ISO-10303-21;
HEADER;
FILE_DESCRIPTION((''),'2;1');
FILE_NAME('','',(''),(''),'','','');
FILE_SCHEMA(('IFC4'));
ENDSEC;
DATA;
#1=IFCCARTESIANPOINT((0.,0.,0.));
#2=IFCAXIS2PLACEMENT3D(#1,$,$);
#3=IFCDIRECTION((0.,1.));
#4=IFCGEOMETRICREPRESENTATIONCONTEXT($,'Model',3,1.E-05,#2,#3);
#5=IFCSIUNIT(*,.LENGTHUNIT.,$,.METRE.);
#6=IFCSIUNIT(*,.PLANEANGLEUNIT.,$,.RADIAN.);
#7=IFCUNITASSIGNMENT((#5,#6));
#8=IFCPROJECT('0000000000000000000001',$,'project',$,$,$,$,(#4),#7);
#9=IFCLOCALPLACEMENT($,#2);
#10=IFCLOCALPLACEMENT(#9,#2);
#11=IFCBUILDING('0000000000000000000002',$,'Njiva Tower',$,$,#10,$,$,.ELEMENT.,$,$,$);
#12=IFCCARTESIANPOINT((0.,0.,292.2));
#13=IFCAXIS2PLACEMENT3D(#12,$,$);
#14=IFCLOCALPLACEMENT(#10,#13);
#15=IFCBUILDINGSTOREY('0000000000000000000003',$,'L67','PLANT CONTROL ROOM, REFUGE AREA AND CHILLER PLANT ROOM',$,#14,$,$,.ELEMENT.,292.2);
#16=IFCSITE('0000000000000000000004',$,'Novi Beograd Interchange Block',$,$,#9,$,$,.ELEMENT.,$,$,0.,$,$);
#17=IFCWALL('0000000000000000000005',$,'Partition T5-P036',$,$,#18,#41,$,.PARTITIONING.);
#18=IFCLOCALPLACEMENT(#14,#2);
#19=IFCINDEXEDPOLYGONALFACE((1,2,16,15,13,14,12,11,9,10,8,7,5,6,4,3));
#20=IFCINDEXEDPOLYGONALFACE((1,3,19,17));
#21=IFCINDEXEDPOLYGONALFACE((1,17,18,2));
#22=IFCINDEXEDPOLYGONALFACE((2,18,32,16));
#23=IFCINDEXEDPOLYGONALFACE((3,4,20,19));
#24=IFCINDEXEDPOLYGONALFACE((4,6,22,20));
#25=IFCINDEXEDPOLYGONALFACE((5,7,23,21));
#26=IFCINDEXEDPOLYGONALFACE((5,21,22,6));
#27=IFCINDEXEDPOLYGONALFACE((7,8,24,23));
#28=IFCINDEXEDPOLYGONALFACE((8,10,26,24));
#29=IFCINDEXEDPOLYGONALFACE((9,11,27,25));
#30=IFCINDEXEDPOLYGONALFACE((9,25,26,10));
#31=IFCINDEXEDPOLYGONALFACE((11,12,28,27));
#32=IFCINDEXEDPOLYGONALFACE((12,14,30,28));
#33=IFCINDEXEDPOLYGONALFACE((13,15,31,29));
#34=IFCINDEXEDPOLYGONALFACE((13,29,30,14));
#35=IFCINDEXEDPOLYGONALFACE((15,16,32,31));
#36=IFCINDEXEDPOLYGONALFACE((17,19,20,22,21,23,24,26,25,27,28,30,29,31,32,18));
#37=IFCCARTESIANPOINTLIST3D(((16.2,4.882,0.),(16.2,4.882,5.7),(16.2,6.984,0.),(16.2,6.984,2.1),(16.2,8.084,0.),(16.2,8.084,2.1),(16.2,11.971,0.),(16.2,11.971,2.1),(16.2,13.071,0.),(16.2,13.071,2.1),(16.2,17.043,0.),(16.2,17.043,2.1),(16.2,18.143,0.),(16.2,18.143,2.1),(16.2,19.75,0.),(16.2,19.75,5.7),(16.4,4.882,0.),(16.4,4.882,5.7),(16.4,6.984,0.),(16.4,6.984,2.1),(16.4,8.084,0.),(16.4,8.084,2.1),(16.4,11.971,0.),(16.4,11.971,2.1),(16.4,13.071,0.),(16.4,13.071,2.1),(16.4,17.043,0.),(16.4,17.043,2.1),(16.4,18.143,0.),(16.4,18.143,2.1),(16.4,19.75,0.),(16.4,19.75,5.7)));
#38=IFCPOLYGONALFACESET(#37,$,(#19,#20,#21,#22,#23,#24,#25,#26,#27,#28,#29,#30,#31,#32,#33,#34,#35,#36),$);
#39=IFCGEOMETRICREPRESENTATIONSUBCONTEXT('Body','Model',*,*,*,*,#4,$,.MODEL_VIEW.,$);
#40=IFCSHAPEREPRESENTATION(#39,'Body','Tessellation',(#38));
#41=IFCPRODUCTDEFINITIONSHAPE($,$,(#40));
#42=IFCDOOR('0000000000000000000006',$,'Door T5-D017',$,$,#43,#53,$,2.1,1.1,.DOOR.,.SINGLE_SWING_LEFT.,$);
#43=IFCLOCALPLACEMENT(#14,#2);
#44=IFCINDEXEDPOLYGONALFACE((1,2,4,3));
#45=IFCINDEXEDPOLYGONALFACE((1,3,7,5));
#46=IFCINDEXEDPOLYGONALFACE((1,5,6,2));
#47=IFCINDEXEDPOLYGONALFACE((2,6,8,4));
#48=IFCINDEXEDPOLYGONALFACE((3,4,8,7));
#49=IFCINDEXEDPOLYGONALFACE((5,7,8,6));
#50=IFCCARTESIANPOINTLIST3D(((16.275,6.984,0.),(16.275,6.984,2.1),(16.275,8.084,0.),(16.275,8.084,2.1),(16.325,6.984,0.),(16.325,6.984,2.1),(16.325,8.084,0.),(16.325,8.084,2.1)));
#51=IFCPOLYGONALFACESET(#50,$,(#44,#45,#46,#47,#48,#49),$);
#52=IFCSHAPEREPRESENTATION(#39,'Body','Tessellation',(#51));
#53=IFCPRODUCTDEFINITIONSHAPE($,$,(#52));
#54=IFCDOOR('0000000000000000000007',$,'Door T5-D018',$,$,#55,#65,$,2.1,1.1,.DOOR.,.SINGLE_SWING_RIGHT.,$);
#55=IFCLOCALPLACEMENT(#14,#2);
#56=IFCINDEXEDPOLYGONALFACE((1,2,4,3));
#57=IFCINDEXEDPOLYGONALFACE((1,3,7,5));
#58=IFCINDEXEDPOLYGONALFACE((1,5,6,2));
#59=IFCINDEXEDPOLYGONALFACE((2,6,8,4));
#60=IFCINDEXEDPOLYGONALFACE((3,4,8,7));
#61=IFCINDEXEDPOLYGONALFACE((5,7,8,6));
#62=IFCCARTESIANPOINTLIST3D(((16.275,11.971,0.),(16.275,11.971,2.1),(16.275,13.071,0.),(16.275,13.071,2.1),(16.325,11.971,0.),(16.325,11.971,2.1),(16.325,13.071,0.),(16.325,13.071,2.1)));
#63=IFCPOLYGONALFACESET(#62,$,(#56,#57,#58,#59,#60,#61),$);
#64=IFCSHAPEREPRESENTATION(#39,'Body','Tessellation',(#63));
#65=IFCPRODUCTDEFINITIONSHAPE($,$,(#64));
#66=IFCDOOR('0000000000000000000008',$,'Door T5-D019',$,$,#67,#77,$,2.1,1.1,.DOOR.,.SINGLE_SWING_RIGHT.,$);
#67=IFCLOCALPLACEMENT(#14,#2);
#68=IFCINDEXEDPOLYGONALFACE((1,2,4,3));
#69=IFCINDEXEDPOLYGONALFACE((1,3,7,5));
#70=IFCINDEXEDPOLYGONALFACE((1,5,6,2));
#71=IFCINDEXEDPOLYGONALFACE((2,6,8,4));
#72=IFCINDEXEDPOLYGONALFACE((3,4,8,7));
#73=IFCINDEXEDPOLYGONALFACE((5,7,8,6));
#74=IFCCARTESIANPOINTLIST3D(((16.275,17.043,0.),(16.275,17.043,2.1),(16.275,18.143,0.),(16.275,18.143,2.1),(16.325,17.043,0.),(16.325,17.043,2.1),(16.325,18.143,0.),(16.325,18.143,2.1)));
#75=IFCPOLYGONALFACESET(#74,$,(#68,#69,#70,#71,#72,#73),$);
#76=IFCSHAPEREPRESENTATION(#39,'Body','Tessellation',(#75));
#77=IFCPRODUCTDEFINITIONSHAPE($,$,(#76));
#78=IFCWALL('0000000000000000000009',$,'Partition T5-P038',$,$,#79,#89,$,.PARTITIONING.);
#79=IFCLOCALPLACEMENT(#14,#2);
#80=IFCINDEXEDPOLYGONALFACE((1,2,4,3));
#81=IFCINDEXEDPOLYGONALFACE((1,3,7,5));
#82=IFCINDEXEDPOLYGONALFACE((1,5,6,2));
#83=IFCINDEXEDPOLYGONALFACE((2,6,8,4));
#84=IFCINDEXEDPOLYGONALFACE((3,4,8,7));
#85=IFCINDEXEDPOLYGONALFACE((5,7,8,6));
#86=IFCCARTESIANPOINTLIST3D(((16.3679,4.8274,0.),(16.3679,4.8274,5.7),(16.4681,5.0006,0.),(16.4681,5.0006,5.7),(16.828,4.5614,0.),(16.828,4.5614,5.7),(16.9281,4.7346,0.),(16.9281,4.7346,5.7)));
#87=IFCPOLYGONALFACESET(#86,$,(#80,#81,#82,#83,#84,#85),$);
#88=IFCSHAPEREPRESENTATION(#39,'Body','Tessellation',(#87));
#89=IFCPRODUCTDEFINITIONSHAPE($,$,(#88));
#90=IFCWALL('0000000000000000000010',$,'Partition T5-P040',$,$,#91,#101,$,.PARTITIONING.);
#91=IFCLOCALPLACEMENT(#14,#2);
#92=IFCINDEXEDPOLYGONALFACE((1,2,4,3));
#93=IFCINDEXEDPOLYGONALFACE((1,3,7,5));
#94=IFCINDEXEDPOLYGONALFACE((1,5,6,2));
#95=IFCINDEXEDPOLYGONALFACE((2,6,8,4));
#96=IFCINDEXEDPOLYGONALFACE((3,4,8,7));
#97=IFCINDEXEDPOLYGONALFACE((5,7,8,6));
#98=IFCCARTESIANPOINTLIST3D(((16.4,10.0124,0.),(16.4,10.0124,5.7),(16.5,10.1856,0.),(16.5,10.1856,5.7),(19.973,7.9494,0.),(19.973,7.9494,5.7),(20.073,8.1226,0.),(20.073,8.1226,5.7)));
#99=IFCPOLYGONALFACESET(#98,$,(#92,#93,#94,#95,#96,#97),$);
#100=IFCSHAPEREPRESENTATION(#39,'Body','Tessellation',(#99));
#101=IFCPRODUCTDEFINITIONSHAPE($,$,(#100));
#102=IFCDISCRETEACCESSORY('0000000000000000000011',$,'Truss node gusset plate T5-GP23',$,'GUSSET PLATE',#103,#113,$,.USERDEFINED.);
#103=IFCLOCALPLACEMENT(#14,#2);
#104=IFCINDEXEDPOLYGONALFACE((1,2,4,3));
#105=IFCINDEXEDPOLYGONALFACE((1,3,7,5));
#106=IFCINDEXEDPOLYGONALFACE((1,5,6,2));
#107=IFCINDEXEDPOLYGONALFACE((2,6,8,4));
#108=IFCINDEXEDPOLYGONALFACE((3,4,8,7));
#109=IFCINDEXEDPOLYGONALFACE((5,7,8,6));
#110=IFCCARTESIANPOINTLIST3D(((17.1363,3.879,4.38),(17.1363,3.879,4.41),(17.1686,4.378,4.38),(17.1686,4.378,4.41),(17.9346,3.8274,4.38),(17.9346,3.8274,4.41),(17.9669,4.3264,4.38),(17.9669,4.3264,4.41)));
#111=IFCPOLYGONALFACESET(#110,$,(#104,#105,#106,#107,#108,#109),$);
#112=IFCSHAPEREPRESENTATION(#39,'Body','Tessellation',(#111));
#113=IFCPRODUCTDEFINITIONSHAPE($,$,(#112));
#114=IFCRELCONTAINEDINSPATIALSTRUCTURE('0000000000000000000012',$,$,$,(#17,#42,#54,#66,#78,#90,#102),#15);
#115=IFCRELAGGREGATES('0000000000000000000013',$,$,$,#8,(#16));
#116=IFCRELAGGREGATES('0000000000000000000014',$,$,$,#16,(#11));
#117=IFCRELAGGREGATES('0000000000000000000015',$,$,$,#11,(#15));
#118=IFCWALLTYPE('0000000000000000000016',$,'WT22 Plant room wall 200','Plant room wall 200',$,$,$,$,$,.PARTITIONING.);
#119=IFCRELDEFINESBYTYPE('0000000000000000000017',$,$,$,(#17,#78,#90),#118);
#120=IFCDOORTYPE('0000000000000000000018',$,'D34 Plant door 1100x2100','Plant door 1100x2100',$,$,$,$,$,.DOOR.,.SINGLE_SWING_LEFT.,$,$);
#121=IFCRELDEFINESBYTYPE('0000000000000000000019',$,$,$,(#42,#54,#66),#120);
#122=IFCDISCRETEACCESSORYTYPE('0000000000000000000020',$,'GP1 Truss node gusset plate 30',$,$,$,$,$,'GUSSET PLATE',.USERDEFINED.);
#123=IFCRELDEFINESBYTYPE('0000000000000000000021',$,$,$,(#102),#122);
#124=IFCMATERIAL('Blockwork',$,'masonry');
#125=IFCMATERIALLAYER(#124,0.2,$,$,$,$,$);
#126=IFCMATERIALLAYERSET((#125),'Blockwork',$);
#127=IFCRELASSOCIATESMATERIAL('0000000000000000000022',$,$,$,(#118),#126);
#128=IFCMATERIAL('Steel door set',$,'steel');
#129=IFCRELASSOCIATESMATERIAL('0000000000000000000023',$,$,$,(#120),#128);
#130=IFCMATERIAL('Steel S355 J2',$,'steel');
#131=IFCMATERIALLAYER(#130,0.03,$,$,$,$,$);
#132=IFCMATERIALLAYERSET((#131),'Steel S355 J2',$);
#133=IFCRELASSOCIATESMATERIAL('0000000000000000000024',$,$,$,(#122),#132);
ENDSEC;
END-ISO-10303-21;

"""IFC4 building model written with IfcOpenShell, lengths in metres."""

from ifc_helpers import new_model, si_unit, direction, frame, frame_2d, origin, place, context, subcontext, project, spatial, polyline, rectangle, outline, extrude, material, layer, layer_set, type_object, element, fill, save


model = new_model("IFC4")

# Units and contexts
model_context = context("Model", 3, precision=1e-05, world=origin(), true_north=direction((0.0, 1.0)))
body_context = subcontext(model_context, "Body", "Model", "MODEL_VIEW")
ifc_project = project(units=[si_unit("LENGTHUNIT", "METRE"), si_unit("PLANEANGLEUNIT", "RADIAN")], contexts=[model_context])

# Site, building, storey
site_placement = place(None, origin())
site = spatial("IfcSite", under=ifc_project, at=site_placement, Name="Novi Beograd Interchange Block", CompositionType="ELEMENT", RefElevation=0.0)
building_placement = place(site_placement, origin())
building = spatial("IfcBuilding", under=site, at=building_placement, Name="Njiva Tower", CompositionType="ELEMENT")
storey_placement = place(building_placement, frame((0.0, 0.0, 292.2)))
storey = spatial("IfcBuildingStorey", under=building, at=storey_placement, Name="L67", Description="PLANT CONTROL ROOM, REFUGE AREA AND CHILLER PLANT ROOM", CompositionType="ELEMENT", Elevation=292.2)

# Shared definitions
ifc_material_1 = material(Name="Steel S355 J2", Category="steel")

# Shared definitions
ifc_material_2 = material(Name="Blockwork", Category="masonry")
ifc_layer_1 = layer(ifc_material_2, 0.2)
ifc_layer_set_1 = layer_set([ifc_layer_1], Name="Blockwork")
wall_type_1 = type_object("IfcWallType", Name="WT22 Plant room wall 200", Description="Plant room wall 200", PredefinedType="PARTITIONING", material=ifc_layer_set_1)

# Wall, openings, doors
wall_1_placement = place(storey_placement, frame((16.3, 4.882, 0.0), z_axis=(0.0, 0.0, 1.0), x_axis=(0.0, 1.0, 0.0)))
wall_1 = element("IfcWall", 1, at=wall_1_placement, inside=storey, type_object=wall_type_1, Name="Partition T5-P036", PredefinedType="PARTITIONING", context=body_context, shape_type="SweptSolid", body=[
    extrude(rectangle(XDim=14.868, YDim=0.2, at=frame_2d((7.434, 0.0))), origin(), (0.0, 0.0, 1.0), 5.7),
])
opening_1_placement = place(wall_1_placement, frame((2.102, 0.0, 0.0)))
opening_1 = element("IfcOpeningElement", 2, at=opening_1_placement, cuts=wall_1, PredefinedType="OPENING", context=body_context, shape_type="SweptSolid", body=[
    extrude(rectangle(XDim=1.1, YDim=2.1, at=frame_2d((0.55, 1.05))), frame((0.0, 0.11, 0.0), z_axis=(0.0, -1.0, 0.0), x_axis=(1.0, 0.0, 0.0)), (0.0, 0.0, 1.0), 0.22),
])
opening_2_placement = place(wall_1_placement, frame((7.089, 0.0, 0.0)))
opening_2 = element("IfcOpeningElement", 3, at=opening_2_placement, cuts=wall_1, PredefinedType="OPENING", context=body_context, shape_type="SweptSolid", body=[
    extrude(rectangle(XDim=1.1, YDim=2.1, at=frame_2d((0.55, 1.05))), frame((0.0, 0.11, 0.0), z_axis=(0.0, -1.0, 0.0), x_axis=(1.0, 0.0, 0.0)), (0.0, 0.0, 1.0), 0.22),
])
opening_3_placement = place(wall_1_placement, frame((12.161, 0.0, 0.0)))
opening_3 = element("IfcOpeningElement", 4, at=opening_3_placement, cuts=wall_1, PredefinedType="OPENING", context=body_context, shape_type="SweptSolid", body=[
    extrude(rectangle(XDim=1.1, YDim=2.1, at=frame_2d((0.55, 1.05))), frame((0.0, 0.11, 0.0), z_axis=(0.0, -1.0, 0.0), x_axis=(1.0, 0.0, 0.0)), (0.0, 0.0, 1.0), 0.22),
])
ifc_material_3 = material(Name="Steel door set", Category="steel")
door_type = type_object("IfcDoorType", Name="D34 Plant door 1100x2100", Description="Plant door 1100x2100", OperationType="SINGLE_SWING_LEFT", PredefinedType="DOOR", material=ifc_material_3)
door_1_placement = place(opening_1_placement, origin())
door_1 = element("IfcDoor", 5, at=door_1_placement, inside=storey, type_object=door_type, Name="Door T5-D017", OperationType="SINGLE_SWING_LEFT", OverallHeight=2.1, OverallWidth=1.1, PredefinedType="DOOR", context=body_context, shape_type="SweptSolid", body=[
    extrude(rectangle(XDim=1.1, YDim=2.1, at=frame_2d((0.55, 1.05))), frame((0.0, 0.025, 0.0), z_axis=(0.0, -1.0, 0.0), x_axis=(1.0, 0.0, 0.0)), (0.0, 0.0, 1.0), 0.05),
])
fill(opening_1, door_1)
door_2_placement = place(opening_2_placement, origin())
door_2 = element("IfcDoor", 6, at=door_2_placement, inside=storey, type_object=door_type, Name="Door T5-D018", OperationType="SINGLE_SWING_RIGHT", OverallHeight=2.1, OverallWidth=1.1, PredefinedType="DOOR", context=body_context, shape_type="SweptSolid", body=[
    extrude(rectangle(XDim=1.1, YDim=2.1, at=frame_2d((0.55, 1.05))), frame((0.0, 0.025, 0.0), z_axis=(0.0, -1.0, 0.0), x_axis=(1.0, 0.0, 0.0)), (0.0, 0.0, 1.0), 0.05),
])
fill(opening_2, door_2)
door_3_placement = place(opening_3_placement, origin())
door_3 = element("IfcDoor", 7, at=door_3_placement, inside=storey, type_object=door_type, Name="Door T5-D019", OperationType="SINGLE_SWING_RIGHT", OverallHeight=2.1, OverallWidth=1.1, PredefinedType="DOOR", context=body_context, shape_type="SweptSolid", body=[
    extrude(rectangle(XDim=1.1, YDim=2.1, at=frame_2d((0.55, 1.05))), frame((0.0, 0.025, 0.0), z_axis=(0.0, -1.0, 0.0), x_axis=(1.0, 0.0, 0.0)), (0.0, 0.0, 1.0), 0.05),
])
fill(opening_3, door_3)

# Walls
wall_2_placement = place(storey_placement, frame((16.418, 4.914, 0.0), z_axis=(0.0, 0.0, 1.0), x_axis=(0.865684, -0.500591, 0.0)))
element("IfcWall", 8, at=wall_2_placement, inside=storey, type_object=wall_type_1, Name="Partition T5-P038", PredefinedType="PARTITIONING", context=body_context, shape_type="SweptSolid", body=[
    extrude(rectangle(XDim=0.5314, YDim=0.2, at=frame_2d((0.2657, 0.0))), origin(), (0.0, 0.0, 1.0), 5.7),
])
wall_3_placement = place(storey_placement, frame((16.45, 10.099, 0.0), z_axis=(0.0, 0.0, 1.0), x_axis=(0.866012, -0.500023, 0.0)))
element("IfcWall", 9, at=wall_3_placement, inside=storey, type_object=wall_type_1, Name="Partition T5-P040", PredefinedType="PARTITIONING", context=body_context, shape_type="SweptSolid", body=[
    extrude(rectangle(XDim=4.1258, YDim=0.2, at=frame_2d((2.0629, 0.0))), origin(), (0.0, 0.0, 1.0), 5.7),
])

# Discrete accessory
ifc_layer_2 = layer(ifc_material_1, 0.03)
ifc_layer_set_2 = layer_set([ifc_layer_2], Name="Steel S355 J2")
discrete_accessory_type = type_object("IfcDiscreteAccessoryType", Name="GP1 Truss node gusset plate 30", ElementType="GUSSET PLATE", PredefinedType="USERDEFINED", material=ifc_layer_set_2)
discrete_accessory_placement = place(storey_placement, frame((17.5516, 4.1027, 4.38)))
element("IfcDiscreteAccessory", 10, at=discrete_accessory_placement, inside=storey, type_object=discrete_accessory_type, Name="Truss node gusset plate T5-GP23", ObjectType="GUSSET PLATE", PredefinedType="USERDEFINED", context=body_context, shape_type="SweptSolid", body=[
    extrude(outline(polyline([(0.4153, 0.2237), (-0.383, 0.2753), (-0.4153, -0.2237), (0.383, -0.2753), (0.4153, 0.2237)])), origin(), (0.0, 0.0, 1.0), 0.03),
])

save(model, "model.ifc")
